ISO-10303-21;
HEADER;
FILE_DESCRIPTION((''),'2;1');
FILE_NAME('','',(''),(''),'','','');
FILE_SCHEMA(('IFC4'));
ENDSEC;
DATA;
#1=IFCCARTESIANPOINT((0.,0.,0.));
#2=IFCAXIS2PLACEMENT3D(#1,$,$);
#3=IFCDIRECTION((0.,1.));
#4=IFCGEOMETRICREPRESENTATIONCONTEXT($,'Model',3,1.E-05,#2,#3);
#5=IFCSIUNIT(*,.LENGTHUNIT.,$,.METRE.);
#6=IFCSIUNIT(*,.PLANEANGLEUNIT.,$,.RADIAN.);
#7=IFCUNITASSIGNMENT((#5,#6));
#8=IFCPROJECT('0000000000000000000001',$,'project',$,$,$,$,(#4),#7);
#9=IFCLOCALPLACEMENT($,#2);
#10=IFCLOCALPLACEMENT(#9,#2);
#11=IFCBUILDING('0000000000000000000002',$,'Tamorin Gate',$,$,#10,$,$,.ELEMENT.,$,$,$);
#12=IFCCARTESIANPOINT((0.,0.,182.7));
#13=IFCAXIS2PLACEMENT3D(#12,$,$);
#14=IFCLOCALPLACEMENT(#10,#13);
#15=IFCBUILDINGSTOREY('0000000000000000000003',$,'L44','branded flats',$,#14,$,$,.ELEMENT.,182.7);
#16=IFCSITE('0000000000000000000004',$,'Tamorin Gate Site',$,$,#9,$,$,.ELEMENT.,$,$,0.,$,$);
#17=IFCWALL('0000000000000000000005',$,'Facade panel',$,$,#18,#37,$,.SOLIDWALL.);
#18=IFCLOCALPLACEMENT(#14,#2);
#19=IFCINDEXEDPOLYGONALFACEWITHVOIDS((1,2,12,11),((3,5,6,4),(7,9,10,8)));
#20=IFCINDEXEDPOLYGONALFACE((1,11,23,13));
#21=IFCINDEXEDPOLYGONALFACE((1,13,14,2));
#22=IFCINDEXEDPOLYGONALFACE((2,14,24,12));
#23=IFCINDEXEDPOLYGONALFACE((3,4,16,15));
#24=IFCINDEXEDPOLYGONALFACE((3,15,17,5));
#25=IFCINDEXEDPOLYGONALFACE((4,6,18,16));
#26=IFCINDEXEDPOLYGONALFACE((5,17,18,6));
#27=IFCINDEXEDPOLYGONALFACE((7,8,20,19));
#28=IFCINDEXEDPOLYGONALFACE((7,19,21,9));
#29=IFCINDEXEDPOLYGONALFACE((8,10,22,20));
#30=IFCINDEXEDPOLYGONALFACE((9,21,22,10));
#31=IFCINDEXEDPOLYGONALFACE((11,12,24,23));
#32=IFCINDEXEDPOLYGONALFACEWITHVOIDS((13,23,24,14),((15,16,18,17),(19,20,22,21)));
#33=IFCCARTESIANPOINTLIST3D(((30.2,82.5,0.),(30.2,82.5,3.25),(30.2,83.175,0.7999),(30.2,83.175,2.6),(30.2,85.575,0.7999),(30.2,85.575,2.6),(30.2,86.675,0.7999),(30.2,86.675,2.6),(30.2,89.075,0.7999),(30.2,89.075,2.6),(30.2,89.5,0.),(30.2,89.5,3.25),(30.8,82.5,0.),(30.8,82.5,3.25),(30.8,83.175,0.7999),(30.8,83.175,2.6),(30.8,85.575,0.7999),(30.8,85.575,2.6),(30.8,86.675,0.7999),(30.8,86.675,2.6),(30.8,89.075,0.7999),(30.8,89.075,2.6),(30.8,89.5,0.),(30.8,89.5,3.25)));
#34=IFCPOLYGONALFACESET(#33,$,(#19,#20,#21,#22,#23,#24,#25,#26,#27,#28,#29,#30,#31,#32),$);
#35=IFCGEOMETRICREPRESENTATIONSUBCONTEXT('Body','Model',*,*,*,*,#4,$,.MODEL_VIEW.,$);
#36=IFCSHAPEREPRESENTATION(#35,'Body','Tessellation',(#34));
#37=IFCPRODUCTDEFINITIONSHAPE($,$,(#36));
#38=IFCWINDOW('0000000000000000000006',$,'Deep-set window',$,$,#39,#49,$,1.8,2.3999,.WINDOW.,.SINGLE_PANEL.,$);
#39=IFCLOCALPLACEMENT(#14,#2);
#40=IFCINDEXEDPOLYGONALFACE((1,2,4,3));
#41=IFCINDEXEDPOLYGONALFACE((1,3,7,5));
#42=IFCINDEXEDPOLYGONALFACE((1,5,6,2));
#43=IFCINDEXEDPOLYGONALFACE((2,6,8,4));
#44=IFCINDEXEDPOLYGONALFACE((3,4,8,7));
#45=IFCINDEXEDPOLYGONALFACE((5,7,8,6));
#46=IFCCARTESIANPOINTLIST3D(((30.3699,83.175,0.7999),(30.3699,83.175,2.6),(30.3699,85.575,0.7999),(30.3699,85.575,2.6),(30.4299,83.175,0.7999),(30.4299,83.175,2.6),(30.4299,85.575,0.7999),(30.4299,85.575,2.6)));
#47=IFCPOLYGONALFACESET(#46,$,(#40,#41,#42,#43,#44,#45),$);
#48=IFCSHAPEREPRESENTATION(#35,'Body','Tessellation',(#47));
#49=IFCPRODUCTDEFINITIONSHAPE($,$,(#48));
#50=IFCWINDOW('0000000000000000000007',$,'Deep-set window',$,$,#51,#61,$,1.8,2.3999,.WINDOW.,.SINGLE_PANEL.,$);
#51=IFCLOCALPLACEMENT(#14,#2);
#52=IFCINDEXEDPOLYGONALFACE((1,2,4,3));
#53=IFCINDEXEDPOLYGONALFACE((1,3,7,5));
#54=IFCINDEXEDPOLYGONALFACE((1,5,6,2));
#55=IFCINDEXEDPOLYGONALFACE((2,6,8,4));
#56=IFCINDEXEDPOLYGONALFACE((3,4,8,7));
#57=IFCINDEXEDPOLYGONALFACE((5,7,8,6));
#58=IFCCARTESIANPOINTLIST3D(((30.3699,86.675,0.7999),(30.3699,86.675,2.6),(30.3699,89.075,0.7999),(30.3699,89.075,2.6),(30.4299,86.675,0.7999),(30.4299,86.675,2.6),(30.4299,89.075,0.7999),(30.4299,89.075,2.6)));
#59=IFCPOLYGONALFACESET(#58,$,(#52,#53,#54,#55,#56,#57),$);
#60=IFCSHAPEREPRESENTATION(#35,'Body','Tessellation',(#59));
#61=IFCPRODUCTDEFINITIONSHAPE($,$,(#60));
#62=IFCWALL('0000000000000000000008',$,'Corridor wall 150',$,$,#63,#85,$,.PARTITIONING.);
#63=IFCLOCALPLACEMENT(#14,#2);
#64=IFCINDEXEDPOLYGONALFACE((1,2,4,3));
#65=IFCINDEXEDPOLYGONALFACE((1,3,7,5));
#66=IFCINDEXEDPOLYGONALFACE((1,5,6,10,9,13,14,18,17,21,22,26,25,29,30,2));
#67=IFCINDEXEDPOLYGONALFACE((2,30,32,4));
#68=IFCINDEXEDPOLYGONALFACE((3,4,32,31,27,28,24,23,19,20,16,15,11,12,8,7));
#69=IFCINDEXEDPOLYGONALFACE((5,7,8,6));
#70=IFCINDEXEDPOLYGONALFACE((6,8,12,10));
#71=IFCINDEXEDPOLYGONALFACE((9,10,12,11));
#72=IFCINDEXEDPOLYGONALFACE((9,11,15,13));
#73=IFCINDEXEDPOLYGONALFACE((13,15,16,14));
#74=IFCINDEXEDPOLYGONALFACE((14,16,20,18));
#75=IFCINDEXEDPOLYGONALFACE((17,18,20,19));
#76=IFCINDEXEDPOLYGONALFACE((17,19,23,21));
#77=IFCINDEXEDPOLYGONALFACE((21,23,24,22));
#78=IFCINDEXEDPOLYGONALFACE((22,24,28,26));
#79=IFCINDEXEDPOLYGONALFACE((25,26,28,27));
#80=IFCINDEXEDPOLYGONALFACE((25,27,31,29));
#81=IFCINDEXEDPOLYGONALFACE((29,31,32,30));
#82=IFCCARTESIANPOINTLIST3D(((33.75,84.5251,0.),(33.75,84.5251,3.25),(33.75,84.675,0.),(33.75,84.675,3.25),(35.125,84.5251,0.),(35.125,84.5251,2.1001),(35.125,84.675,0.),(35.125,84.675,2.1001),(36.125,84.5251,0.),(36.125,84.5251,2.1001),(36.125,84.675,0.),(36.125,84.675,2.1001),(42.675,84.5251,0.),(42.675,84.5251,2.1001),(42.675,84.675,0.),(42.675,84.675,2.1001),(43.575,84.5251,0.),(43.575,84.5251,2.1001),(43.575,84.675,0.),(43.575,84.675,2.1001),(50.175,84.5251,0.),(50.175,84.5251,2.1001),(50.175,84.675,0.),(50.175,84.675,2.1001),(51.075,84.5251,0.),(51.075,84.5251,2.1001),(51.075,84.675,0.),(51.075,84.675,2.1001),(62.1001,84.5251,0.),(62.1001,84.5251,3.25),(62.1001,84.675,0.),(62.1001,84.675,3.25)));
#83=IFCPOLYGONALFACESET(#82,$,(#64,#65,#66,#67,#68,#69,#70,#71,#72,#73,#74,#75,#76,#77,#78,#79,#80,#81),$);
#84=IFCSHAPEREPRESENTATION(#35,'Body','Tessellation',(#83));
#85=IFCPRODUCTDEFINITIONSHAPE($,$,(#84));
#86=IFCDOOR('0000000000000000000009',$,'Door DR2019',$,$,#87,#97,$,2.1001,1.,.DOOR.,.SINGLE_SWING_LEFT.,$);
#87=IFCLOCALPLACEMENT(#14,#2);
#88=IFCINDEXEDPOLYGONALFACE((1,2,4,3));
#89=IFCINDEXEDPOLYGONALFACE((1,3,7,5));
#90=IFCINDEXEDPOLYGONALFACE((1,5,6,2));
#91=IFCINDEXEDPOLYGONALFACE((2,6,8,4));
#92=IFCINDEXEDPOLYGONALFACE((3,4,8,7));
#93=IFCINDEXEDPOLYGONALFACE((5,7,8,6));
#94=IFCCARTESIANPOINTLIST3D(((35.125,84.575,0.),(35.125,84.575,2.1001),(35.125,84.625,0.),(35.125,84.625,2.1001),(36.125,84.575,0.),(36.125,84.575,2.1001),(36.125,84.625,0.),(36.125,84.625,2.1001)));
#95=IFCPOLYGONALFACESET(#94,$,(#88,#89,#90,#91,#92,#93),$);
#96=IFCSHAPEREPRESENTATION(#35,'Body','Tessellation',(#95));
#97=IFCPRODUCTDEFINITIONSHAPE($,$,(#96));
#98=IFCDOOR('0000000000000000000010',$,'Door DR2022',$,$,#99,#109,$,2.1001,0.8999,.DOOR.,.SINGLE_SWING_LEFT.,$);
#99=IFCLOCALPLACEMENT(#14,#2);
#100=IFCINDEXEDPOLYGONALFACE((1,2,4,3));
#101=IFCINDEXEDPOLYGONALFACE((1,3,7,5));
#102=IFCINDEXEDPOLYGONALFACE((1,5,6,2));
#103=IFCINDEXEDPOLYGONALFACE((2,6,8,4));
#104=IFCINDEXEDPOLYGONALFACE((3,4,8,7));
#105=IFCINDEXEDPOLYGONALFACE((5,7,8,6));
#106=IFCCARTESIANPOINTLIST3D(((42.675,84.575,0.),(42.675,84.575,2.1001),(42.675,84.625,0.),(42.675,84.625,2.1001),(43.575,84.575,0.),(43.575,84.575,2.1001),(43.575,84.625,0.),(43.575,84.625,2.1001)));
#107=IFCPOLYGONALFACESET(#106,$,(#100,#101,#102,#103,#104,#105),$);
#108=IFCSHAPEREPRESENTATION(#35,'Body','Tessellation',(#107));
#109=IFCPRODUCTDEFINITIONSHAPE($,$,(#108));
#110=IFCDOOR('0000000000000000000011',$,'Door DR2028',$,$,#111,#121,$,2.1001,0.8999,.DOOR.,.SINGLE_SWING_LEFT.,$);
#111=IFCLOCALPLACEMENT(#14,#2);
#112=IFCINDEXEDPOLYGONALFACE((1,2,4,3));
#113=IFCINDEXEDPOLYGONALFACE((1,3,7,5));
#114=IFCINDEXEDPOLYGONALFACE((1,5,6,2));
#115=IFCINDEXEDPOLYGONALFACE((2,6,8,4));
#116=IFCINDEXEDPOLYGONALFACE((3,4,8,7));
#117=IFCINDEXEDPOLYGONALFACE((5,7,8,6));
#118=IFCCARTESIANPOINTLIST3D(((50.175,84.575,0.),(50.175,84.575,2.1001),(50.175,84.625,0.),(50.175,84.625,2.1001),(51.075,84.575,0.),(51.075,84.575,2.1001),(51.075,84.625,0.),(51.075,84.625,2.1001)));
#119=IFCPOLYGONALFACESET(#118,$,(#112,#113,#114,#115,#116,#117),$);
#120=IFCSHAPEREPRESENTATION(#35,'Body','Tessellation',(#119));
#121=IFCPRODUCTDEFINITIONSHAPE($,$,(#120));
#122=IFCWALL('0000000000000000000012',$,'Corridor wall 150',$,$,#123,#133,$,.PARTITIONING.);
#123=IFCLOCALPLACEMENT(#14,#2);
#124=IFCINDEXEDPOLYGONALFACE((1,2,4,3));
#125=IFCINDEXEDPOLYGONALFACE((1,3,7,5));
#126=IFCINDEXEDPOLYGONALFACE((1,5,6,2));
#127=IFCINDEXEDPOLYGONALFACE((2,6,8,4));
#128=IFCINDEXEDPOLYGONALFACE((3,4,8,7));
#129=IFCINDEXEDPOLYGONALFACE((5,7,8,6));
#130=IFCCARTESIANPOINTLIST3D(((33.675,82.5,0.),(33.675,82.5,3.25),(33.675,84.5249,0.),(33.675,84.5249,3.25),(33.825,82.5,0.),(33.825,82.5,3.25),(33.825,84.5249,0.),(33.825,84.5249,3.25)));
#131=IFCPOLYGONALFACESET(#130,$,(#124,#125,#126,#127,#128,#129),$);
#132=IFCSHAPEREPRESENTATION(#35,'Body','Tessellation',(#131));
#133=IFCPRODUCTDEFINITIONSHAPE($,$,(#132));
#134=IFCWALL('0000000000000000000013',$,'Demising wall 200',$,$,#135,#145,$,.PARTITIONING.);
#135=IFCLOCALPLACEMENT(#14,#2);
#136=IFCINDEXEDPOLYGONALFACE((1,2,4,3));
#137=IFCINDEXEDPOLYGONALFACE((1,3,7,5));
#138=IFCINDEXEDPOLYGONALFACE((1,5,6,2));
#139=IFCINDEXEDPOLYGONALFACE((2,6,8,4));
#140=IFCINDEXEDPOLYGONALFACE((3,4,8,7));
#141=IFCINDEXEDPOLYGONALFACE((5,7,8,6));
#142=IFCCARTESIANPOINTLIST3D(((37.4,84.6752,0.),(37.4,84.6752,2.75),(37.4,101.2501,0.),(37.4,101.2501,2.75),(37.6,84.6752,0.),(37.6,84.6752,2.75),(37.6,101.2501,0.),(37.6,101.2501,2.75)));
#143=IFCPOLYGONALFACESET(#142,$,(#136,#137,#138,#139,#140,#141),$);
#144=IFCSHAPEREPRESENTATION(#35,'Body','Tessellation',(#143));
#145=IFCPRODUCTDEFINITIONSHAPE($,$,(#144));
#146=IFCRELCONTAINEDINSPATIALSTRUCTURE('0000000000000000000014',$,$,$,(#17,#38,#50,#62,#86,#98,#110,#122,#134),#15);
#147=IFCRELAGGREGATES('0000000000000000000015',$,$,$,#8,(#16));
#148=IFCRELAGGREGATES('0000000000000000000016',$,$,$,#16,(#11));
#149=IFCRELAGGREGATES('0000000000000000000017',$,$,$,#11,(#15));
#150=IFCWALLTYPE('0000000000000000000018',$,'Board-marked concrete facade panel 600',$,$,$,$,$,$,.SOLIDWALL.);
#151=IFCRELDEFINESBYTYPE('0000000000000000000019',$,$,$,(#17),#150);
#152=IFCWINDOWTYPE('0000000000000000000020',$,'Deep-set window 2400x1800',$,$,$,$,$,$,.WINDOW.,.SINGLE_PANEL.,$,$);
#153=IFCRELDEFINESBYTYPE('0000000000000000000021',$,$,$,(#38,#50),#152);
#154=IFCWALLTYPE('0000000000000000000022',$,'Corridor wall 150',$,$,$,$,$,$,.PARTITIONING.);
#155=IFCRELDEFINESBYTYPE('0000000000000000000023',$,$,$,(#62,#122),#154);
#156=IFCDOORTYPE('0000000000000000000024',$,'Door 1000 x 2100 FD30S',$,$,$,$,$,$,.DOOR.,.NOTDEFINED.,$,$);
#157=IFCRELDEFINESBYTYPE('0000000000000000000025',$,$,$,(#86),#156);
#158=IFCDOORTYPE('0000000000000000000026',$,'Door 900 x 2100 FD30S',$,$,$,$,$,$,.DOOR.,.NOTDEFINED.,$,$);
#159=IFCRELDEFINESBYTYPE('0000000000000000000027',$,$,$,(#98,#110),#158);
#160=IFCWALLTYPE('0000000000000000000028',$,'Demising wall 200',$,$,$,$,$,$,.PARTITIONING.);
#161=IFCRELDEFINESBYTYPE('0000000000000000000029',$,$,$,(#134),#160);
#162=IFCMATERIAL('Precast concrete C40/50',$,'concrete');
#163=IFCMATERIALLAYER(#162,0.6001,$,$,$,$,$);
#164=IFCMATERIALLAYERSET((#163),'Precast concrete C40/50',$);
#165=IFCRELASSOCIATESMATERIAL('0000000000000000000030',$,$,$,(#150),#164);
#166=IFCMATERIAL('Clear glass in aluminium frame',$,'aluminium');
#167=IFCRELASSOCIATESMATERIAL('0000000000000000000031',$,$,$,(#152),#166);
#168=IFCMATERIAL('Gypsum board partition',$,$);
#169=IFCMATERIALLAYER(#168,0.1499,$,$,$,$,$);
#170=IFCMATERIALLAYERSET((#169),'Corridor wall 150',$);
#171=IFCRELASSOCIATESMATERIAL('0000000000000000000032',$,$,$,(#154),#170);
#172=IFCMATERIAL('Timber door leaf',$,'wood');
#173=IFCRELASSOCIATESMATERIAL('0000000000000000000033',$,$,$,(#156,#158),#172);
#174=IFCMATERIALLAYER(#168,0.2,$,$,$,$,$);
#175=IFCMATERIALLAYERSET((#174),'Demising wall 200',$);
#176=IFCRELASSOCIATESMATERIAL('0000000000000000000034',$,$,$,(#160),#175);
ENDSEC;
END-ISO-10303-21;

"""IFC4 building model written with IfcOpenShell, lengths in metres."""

from ifc_helpers import new_model, si_unit, direction, frame, frame_2d, origin, place, context, subcontext, project, spatial, rectangle, extrude, material, layer, layer_set, type_object, element, fill, save


model = new_model("IFC4")

# Units and contexts
model_context = context("Model", 3, precision=1e-05, world=origin(), true_north=direction((0.0, 1.0)))
body_context = subcontext(model_context, "Body", "Model", "MODEL_VIEW")
ifc_project = project(units=[si_unit("LENGTHUNIT", "METRE"), si_unit("PLANEANGLEUNIT", "RADIAN")], contexts=[model_context])

# Site, building, storey
site_placement = place(None, origin())
site = spatial("IfcSite", under=ifc_project, at=site_placement, Name="Tamorin Gate Site", CompositionType="ELEMENT", RefElevation=0.0)
building_placement = place(site_placement, origin())
building = spatial("IfcBuilding", under=site, at=building_placement, Name="Tamorin Gate", CompositionType="ELEMENT")
storey_placement = place(building_placement, frame((0.0, 0.0, 182.7)))
storey = spatial("IfcBuildingStorey", under=building, at=storey_placement, Name="L44", Description="branded flats", CompositionType="ELEMENT", Elevation=182.7)

# Wall, openings, windows
ifc_material_1 = material(Name="Precast concrete C40/50", Category="concrete")
ifc_layer_1 = layer(ifc_material_1, 0.6001)
ifc_layer_set_1 = layer_set([ifc_layer_1], Name="Precast concrete C40/50")
wall_type_1 = type_object("IfcWallType", Name="Board-marked concrete facade panel 600", PredefinedType="SOLIDWALL", material=ifc_layer_set_1)
wall_1_placement = place(storey_placement, frame((30.5, 89.5, 0.0), z_axis=(0.0, 0.0, 1.0), x_axis=(0.0, -1.0, 0.0)))
wall_1 = element("IfcWall", 1, at=wall_1_placement, inside=storey, type_object=wall_type_1, Name="Facade panel", PredefinedType="SOLIDWALL", context=body_context, shape_type="SweptSolid", body=[
    extrude(rectangle(XDim=7.0, YDim=0.6001, at=frame_2d((3.5, 0.0))), origin(), (0.0, 0.0, 1.0), 3.25),
])
opening_1_placement = place(wall_1_placement, frame((3.925, 0.0, 0.8)))
opening_1 = element("IfcOpeningElement", 2, at=opening_1_placement, cuts=wall_1, PredefinedType="OPENING", context=body_context, shape_type="SweptSolid", body=[
    extrude(rectangle(XDim=2.3999, YDim=1.8, at=frame_2d((1.2, 0.8999))), frame((0.0, 0.3101, 0.0), z_axis=(0.0, -1.0, 0.0), x_axis=(1.0, 0.0, 0.0)), (0.0, 0.0, 1.0), 0.6201),
])
opening_2_placement = place(wall_1_placement, frame((0.425, 0.0, 0.8)))
opening_2 = element("IfcOpeningElement", 3, at=opening_2_placement, cuts=wall_1, PredefinedType="OPENING", context=body_context, shape_type="SweptSolid", body=[
    extrude(rectangle(XDim=2.3999, YDim=1.8, at=frame_2d((1.2, 0.8999))), frame((0.0, 0.3101, 0.0), z_axis=(0.0, -1.0, 0.0), x_axis=(1.0, 0.0, 0.0)), (0.0, 0.0, 1.0), 0.6201),
])
ifc_material_2 = material(Name="Clear glass in aluminium frame", Category="aluminium")
window_type = type_object("IfcWindowType", Name="Deep-set window 2400x1800", PartitioningType="SINGLE_PANEL", PredefinedType="WINDOW", material=ifc_material_2)
window_1_placement = place(opening_1_placement, origin())
window_1 = element("IfcWindow", 4, at=window_1_placement, inside=storey, type_object=window_type, Name="Deep-set window", OverallHeight=1.8, OverallWidth=2.3999, PartitioningType="SINGLE_PANEL", PredefinedType="WINDOW", context=body_context, shape_type="SweptSolid", body=[
    extrude(rectangle(XDim=2.3999, YDim=1.8, at=frame_2d((1.2, 0.8999))), frame((0.0, -0.0701, 0.0), z_axis=(0.0, -1.0, 0.0), x_axis=(1.0, 0.0, 0.0)), (0.0, 0.0, 1.0), 0.0601),
])
fill(opening_1, window_1)
window_2_placement = place(opening_2_placement, origin())
window_2 = element("IfcWindow", 5, at=window_2_placement, inside=storey, type_object=window_type, Name="Deep-set window", OverallHeight=1.8, OverallWidth=2.3999, PartitioningType="SINGLE_PANEL", PredefinedType="WINDOW", context=body_context, shape_type="SweptSolid", body=[
    extrude(rectangle(XDim=2.3999, YDim=1.8, at=frame_2d((1.2, 0.8999))), frame((0.0, -0.0701, 0.0), z_axis=(0.0, -1.0, 0.0), x_axis=(1.0, 0.0, 0.0)), (0.0, 0.0, 1.0), 0.0601),
])
fill(opening_2, window_2)

# Wall, openings, doors
ifc_material_3 = material(Name="Gypsum board partition")
ifc_layer_2 = layer(ifc_material_3, 0.1499)
ifc_layer_set_2 = layer_set([ifc_layer_2], Name="Corridor wall 150")
wall_type_2 = type_object("IfcWallType", Name="Corridor wall 150", PredefinedType="PARTITIONING", material=ifc_layer_set_2)
wall_2_placement = place(storey_placement, frame((33.75, 84.6001, 0.0), z_axis=(0.0, 0.0, 1.0), x_axis=(1.0, 0.0, 0.0)))
wall_2 = element("IfcWall", 6, at=wall_2_placement, inside=storey, type_object=wall_type_2, Name="Corridor wall 150", PredefinedType="PARTITIONING", context=body_context, shape_type="SweptSolid", body=[
    extrude(rectangle(XDim=28.3501, YDim=0.1499, at=frame_2d((14.175, 0.0))), origin(), (0.0, 0.0, 1.0), 3.25),
])
opening_3_placement = place(wall_2_placement, frame((1.375, 0.0, 0.0)))
opening_3 = element("IfcOpeningElement", 7, at=opening_3_placement, cuts=wall_2, PredefinedType="OPENING", context=body_context, shape_type="SweptSolid", body=[
    extrude(rectangle(XDim=1.0, YDim=2.1001, at=frame_2d((0.5, 1.05))), frame((0.0, 0.085, 0.0), z_axis=(0.0, -1.0, 0.0), x_axis=(1.0, 0.0, 0.0)), (0.0, 0.0, 1.0), 0.1699),
])
opening_4_placement = place(wall_2_placement, frame((8.925, 0.0, 0.0)))
opening_4 = element("IfcOpeningElement", 8, at=opening_4_placement, cuts=wall_2, PredefinedType="OPENING", context=body_context, shape_type="SweptSolid", body=[
    extrude(rectangle(XDim=0.8999, YDim=2.1001, at=frame_2d((0.45, 1.05))), frame((0.0, 0.085, 0.0), z_axis=(0.0, -1.0, 0.0), x_axis=(1.0, 0.0, 0.0)), (0.0, 0.0, 1.0), 0.1699),
])
opening_5_placement = place(wall_2_placement, frame((16.425, 0.0, 0.0)))
opening_5 = element("IfcOpeningElement", 9, at=opening_5_placement, cuts=wall_2, PredefinedType="OPENING", context=body_context, shape_type="SweptSolid", body=[
    extrude(rectangle(XDim=0.8999, YDim=2.1001, at=frame_2d((0.45, 1.05))), frame((0.0, 0.085, 0.0), z_axis=(0.0, -1.0, 0.0), x_axis=(1.0, 0.0, 0.0)), (0.0, 0.0, 1.0), 0.1699),
])
ifc_material_4 = material(Name="Timber door leaf", Category="wood")
door_type_1 = type_object("IfcDoorType", Name="Door 1000 x 2100 FD30S", OperationType="NOTDEFINED", PredefinedType="DOOR", material=ifc_material_4)
door_1_placement = place(opening_3_placement, origin())
door_1 = element("IfcDoor", 10, at=door_1_placement, inside=storey, type_object=door_type_1, Name="Door DR2019", OperationType="SINGLE_SWING_LEFT", OverallHeight=2.1001, OverallWidth=1.0, PredefinedType="DOOR", context=body_context, shape_type="SweptSolid", body=[
    extrude(rectangle(XDim=1.0, YDim=2.1001, at=frame_2d((0.5, 1.05))), frame((0.0, 0.0249, 0.0), z_axis=(0.0, -1.0, 0.0), x_axis=(1.0, 0.0, 0.0)), (0.0, 0.0, 1.0), 0.05),
])
fill(opening_3, door_1)
door_type_2 = type_object("IfcDoorType", Name="Door 900 x 2100 FD30S", OperationType="NOTDEFINED", PredefinedType="DOOR", material=ifc_material_4)
door_2_placement = place(opening_4_placement, origin())
door_2 = element("IfcDoor", 11, at=door_2_placement, inside=storey, type_object=door_type_2, Name="Door DR2022", OperationType="SINGLE_SWING_LEFT", OverallHeight=2.1001, OverallWidth=0.8999, PredefinedType="DOOR", context=body_context, shape_type="SweptSolid", body=[
    extrude(rectangle(XDim=0.8999, YDim=2.1001, at=frame_2d((0.45, 1.05))), frame((0.0, 0.0249, 0.0), z_axis=(0.0, -1.0, 0.0), x_axis=(1.0, 0.0, 0.0)), (0.0, 0.0, 1.0), 0.05),
])
fill(opening_4, door_2)
door_3_placement = place(opening_5_placement, origin())
door_3 = element("IfcDoor", 12, at=door_3_placement, inside=storey, type_object=door_type_2, Name="Door DR2028", OperationType="SINGLE_SWING_LEFT", OverallHeight=2.1001, OverallWidth=0.8999, PredefinedType="DOOR", context=body_context, shape_type="SweptSolid", body=[
    extrude(rectangle(XDim=0.8999, YDim=2.1001, at=frame_2d((0.45, 1.05))), frame((0.0, 0.0249, 0.0), z_axis=(0.0, -1.0, 0.0), x_axis=(1.0, 0.0, 0.0)), (0.0, 0.0, 1.0), 0.05),
])
fill(opening_5, door_3)

# Walls
wall_3_placement = place(storey_placement, frame((33.75, 82.5, 0.0), z_axis=(0.0, 0.0, 1.0), x_axis=(0.0, 1.0, 0.0)))
element("IfcWall", 13, at=wall_3_placement, inside=storey, type_object=wall_type_2, Name="Corridor wall 150", PredefinedType="PARTITIONING", context=body_context, shape_type="SweptSolid", body=[
    extrude(rectangle(XDim=2.0249, YDim=0.1499, at=frame_2d((1.0125, 0.0))), origin(), (0.0, 0.0, 1.0), 3.25),
])
ifc_layer_3 = layer(ifc_material_3, 0.2)
ifc_layer_set_3 = layer_set([ifc_layer_3], Name="Demising wall 200")
wall_type_3 = type_object("IfcWallType", Name="Demising wall 200", PredefinedType="PARTITIONING", material=ifc_layer_set_3)
wall_4_placement = place(storey_placement, frame((37.5, 84.675, 0.0), z_axis=(0.0, 0.0, 1.0), x_axis=(0.0, 1.0, 0.0)))
element("IfcWall", 14, at=wall_4_placement, inside=storey, type_object=wall_type_3, Name="Demising wall 200", PredefinedType="PARTITIONING", context=body_context, shape_type="SweptSolid", body=[
    extrude(rectangle(XDim=16.575, YDim=0.2, at=frame_2d((8.2876, 0.0))), origin(), (0.0, 0.0, 1.0), 2.75),
])

save(model, "model.ifc")
